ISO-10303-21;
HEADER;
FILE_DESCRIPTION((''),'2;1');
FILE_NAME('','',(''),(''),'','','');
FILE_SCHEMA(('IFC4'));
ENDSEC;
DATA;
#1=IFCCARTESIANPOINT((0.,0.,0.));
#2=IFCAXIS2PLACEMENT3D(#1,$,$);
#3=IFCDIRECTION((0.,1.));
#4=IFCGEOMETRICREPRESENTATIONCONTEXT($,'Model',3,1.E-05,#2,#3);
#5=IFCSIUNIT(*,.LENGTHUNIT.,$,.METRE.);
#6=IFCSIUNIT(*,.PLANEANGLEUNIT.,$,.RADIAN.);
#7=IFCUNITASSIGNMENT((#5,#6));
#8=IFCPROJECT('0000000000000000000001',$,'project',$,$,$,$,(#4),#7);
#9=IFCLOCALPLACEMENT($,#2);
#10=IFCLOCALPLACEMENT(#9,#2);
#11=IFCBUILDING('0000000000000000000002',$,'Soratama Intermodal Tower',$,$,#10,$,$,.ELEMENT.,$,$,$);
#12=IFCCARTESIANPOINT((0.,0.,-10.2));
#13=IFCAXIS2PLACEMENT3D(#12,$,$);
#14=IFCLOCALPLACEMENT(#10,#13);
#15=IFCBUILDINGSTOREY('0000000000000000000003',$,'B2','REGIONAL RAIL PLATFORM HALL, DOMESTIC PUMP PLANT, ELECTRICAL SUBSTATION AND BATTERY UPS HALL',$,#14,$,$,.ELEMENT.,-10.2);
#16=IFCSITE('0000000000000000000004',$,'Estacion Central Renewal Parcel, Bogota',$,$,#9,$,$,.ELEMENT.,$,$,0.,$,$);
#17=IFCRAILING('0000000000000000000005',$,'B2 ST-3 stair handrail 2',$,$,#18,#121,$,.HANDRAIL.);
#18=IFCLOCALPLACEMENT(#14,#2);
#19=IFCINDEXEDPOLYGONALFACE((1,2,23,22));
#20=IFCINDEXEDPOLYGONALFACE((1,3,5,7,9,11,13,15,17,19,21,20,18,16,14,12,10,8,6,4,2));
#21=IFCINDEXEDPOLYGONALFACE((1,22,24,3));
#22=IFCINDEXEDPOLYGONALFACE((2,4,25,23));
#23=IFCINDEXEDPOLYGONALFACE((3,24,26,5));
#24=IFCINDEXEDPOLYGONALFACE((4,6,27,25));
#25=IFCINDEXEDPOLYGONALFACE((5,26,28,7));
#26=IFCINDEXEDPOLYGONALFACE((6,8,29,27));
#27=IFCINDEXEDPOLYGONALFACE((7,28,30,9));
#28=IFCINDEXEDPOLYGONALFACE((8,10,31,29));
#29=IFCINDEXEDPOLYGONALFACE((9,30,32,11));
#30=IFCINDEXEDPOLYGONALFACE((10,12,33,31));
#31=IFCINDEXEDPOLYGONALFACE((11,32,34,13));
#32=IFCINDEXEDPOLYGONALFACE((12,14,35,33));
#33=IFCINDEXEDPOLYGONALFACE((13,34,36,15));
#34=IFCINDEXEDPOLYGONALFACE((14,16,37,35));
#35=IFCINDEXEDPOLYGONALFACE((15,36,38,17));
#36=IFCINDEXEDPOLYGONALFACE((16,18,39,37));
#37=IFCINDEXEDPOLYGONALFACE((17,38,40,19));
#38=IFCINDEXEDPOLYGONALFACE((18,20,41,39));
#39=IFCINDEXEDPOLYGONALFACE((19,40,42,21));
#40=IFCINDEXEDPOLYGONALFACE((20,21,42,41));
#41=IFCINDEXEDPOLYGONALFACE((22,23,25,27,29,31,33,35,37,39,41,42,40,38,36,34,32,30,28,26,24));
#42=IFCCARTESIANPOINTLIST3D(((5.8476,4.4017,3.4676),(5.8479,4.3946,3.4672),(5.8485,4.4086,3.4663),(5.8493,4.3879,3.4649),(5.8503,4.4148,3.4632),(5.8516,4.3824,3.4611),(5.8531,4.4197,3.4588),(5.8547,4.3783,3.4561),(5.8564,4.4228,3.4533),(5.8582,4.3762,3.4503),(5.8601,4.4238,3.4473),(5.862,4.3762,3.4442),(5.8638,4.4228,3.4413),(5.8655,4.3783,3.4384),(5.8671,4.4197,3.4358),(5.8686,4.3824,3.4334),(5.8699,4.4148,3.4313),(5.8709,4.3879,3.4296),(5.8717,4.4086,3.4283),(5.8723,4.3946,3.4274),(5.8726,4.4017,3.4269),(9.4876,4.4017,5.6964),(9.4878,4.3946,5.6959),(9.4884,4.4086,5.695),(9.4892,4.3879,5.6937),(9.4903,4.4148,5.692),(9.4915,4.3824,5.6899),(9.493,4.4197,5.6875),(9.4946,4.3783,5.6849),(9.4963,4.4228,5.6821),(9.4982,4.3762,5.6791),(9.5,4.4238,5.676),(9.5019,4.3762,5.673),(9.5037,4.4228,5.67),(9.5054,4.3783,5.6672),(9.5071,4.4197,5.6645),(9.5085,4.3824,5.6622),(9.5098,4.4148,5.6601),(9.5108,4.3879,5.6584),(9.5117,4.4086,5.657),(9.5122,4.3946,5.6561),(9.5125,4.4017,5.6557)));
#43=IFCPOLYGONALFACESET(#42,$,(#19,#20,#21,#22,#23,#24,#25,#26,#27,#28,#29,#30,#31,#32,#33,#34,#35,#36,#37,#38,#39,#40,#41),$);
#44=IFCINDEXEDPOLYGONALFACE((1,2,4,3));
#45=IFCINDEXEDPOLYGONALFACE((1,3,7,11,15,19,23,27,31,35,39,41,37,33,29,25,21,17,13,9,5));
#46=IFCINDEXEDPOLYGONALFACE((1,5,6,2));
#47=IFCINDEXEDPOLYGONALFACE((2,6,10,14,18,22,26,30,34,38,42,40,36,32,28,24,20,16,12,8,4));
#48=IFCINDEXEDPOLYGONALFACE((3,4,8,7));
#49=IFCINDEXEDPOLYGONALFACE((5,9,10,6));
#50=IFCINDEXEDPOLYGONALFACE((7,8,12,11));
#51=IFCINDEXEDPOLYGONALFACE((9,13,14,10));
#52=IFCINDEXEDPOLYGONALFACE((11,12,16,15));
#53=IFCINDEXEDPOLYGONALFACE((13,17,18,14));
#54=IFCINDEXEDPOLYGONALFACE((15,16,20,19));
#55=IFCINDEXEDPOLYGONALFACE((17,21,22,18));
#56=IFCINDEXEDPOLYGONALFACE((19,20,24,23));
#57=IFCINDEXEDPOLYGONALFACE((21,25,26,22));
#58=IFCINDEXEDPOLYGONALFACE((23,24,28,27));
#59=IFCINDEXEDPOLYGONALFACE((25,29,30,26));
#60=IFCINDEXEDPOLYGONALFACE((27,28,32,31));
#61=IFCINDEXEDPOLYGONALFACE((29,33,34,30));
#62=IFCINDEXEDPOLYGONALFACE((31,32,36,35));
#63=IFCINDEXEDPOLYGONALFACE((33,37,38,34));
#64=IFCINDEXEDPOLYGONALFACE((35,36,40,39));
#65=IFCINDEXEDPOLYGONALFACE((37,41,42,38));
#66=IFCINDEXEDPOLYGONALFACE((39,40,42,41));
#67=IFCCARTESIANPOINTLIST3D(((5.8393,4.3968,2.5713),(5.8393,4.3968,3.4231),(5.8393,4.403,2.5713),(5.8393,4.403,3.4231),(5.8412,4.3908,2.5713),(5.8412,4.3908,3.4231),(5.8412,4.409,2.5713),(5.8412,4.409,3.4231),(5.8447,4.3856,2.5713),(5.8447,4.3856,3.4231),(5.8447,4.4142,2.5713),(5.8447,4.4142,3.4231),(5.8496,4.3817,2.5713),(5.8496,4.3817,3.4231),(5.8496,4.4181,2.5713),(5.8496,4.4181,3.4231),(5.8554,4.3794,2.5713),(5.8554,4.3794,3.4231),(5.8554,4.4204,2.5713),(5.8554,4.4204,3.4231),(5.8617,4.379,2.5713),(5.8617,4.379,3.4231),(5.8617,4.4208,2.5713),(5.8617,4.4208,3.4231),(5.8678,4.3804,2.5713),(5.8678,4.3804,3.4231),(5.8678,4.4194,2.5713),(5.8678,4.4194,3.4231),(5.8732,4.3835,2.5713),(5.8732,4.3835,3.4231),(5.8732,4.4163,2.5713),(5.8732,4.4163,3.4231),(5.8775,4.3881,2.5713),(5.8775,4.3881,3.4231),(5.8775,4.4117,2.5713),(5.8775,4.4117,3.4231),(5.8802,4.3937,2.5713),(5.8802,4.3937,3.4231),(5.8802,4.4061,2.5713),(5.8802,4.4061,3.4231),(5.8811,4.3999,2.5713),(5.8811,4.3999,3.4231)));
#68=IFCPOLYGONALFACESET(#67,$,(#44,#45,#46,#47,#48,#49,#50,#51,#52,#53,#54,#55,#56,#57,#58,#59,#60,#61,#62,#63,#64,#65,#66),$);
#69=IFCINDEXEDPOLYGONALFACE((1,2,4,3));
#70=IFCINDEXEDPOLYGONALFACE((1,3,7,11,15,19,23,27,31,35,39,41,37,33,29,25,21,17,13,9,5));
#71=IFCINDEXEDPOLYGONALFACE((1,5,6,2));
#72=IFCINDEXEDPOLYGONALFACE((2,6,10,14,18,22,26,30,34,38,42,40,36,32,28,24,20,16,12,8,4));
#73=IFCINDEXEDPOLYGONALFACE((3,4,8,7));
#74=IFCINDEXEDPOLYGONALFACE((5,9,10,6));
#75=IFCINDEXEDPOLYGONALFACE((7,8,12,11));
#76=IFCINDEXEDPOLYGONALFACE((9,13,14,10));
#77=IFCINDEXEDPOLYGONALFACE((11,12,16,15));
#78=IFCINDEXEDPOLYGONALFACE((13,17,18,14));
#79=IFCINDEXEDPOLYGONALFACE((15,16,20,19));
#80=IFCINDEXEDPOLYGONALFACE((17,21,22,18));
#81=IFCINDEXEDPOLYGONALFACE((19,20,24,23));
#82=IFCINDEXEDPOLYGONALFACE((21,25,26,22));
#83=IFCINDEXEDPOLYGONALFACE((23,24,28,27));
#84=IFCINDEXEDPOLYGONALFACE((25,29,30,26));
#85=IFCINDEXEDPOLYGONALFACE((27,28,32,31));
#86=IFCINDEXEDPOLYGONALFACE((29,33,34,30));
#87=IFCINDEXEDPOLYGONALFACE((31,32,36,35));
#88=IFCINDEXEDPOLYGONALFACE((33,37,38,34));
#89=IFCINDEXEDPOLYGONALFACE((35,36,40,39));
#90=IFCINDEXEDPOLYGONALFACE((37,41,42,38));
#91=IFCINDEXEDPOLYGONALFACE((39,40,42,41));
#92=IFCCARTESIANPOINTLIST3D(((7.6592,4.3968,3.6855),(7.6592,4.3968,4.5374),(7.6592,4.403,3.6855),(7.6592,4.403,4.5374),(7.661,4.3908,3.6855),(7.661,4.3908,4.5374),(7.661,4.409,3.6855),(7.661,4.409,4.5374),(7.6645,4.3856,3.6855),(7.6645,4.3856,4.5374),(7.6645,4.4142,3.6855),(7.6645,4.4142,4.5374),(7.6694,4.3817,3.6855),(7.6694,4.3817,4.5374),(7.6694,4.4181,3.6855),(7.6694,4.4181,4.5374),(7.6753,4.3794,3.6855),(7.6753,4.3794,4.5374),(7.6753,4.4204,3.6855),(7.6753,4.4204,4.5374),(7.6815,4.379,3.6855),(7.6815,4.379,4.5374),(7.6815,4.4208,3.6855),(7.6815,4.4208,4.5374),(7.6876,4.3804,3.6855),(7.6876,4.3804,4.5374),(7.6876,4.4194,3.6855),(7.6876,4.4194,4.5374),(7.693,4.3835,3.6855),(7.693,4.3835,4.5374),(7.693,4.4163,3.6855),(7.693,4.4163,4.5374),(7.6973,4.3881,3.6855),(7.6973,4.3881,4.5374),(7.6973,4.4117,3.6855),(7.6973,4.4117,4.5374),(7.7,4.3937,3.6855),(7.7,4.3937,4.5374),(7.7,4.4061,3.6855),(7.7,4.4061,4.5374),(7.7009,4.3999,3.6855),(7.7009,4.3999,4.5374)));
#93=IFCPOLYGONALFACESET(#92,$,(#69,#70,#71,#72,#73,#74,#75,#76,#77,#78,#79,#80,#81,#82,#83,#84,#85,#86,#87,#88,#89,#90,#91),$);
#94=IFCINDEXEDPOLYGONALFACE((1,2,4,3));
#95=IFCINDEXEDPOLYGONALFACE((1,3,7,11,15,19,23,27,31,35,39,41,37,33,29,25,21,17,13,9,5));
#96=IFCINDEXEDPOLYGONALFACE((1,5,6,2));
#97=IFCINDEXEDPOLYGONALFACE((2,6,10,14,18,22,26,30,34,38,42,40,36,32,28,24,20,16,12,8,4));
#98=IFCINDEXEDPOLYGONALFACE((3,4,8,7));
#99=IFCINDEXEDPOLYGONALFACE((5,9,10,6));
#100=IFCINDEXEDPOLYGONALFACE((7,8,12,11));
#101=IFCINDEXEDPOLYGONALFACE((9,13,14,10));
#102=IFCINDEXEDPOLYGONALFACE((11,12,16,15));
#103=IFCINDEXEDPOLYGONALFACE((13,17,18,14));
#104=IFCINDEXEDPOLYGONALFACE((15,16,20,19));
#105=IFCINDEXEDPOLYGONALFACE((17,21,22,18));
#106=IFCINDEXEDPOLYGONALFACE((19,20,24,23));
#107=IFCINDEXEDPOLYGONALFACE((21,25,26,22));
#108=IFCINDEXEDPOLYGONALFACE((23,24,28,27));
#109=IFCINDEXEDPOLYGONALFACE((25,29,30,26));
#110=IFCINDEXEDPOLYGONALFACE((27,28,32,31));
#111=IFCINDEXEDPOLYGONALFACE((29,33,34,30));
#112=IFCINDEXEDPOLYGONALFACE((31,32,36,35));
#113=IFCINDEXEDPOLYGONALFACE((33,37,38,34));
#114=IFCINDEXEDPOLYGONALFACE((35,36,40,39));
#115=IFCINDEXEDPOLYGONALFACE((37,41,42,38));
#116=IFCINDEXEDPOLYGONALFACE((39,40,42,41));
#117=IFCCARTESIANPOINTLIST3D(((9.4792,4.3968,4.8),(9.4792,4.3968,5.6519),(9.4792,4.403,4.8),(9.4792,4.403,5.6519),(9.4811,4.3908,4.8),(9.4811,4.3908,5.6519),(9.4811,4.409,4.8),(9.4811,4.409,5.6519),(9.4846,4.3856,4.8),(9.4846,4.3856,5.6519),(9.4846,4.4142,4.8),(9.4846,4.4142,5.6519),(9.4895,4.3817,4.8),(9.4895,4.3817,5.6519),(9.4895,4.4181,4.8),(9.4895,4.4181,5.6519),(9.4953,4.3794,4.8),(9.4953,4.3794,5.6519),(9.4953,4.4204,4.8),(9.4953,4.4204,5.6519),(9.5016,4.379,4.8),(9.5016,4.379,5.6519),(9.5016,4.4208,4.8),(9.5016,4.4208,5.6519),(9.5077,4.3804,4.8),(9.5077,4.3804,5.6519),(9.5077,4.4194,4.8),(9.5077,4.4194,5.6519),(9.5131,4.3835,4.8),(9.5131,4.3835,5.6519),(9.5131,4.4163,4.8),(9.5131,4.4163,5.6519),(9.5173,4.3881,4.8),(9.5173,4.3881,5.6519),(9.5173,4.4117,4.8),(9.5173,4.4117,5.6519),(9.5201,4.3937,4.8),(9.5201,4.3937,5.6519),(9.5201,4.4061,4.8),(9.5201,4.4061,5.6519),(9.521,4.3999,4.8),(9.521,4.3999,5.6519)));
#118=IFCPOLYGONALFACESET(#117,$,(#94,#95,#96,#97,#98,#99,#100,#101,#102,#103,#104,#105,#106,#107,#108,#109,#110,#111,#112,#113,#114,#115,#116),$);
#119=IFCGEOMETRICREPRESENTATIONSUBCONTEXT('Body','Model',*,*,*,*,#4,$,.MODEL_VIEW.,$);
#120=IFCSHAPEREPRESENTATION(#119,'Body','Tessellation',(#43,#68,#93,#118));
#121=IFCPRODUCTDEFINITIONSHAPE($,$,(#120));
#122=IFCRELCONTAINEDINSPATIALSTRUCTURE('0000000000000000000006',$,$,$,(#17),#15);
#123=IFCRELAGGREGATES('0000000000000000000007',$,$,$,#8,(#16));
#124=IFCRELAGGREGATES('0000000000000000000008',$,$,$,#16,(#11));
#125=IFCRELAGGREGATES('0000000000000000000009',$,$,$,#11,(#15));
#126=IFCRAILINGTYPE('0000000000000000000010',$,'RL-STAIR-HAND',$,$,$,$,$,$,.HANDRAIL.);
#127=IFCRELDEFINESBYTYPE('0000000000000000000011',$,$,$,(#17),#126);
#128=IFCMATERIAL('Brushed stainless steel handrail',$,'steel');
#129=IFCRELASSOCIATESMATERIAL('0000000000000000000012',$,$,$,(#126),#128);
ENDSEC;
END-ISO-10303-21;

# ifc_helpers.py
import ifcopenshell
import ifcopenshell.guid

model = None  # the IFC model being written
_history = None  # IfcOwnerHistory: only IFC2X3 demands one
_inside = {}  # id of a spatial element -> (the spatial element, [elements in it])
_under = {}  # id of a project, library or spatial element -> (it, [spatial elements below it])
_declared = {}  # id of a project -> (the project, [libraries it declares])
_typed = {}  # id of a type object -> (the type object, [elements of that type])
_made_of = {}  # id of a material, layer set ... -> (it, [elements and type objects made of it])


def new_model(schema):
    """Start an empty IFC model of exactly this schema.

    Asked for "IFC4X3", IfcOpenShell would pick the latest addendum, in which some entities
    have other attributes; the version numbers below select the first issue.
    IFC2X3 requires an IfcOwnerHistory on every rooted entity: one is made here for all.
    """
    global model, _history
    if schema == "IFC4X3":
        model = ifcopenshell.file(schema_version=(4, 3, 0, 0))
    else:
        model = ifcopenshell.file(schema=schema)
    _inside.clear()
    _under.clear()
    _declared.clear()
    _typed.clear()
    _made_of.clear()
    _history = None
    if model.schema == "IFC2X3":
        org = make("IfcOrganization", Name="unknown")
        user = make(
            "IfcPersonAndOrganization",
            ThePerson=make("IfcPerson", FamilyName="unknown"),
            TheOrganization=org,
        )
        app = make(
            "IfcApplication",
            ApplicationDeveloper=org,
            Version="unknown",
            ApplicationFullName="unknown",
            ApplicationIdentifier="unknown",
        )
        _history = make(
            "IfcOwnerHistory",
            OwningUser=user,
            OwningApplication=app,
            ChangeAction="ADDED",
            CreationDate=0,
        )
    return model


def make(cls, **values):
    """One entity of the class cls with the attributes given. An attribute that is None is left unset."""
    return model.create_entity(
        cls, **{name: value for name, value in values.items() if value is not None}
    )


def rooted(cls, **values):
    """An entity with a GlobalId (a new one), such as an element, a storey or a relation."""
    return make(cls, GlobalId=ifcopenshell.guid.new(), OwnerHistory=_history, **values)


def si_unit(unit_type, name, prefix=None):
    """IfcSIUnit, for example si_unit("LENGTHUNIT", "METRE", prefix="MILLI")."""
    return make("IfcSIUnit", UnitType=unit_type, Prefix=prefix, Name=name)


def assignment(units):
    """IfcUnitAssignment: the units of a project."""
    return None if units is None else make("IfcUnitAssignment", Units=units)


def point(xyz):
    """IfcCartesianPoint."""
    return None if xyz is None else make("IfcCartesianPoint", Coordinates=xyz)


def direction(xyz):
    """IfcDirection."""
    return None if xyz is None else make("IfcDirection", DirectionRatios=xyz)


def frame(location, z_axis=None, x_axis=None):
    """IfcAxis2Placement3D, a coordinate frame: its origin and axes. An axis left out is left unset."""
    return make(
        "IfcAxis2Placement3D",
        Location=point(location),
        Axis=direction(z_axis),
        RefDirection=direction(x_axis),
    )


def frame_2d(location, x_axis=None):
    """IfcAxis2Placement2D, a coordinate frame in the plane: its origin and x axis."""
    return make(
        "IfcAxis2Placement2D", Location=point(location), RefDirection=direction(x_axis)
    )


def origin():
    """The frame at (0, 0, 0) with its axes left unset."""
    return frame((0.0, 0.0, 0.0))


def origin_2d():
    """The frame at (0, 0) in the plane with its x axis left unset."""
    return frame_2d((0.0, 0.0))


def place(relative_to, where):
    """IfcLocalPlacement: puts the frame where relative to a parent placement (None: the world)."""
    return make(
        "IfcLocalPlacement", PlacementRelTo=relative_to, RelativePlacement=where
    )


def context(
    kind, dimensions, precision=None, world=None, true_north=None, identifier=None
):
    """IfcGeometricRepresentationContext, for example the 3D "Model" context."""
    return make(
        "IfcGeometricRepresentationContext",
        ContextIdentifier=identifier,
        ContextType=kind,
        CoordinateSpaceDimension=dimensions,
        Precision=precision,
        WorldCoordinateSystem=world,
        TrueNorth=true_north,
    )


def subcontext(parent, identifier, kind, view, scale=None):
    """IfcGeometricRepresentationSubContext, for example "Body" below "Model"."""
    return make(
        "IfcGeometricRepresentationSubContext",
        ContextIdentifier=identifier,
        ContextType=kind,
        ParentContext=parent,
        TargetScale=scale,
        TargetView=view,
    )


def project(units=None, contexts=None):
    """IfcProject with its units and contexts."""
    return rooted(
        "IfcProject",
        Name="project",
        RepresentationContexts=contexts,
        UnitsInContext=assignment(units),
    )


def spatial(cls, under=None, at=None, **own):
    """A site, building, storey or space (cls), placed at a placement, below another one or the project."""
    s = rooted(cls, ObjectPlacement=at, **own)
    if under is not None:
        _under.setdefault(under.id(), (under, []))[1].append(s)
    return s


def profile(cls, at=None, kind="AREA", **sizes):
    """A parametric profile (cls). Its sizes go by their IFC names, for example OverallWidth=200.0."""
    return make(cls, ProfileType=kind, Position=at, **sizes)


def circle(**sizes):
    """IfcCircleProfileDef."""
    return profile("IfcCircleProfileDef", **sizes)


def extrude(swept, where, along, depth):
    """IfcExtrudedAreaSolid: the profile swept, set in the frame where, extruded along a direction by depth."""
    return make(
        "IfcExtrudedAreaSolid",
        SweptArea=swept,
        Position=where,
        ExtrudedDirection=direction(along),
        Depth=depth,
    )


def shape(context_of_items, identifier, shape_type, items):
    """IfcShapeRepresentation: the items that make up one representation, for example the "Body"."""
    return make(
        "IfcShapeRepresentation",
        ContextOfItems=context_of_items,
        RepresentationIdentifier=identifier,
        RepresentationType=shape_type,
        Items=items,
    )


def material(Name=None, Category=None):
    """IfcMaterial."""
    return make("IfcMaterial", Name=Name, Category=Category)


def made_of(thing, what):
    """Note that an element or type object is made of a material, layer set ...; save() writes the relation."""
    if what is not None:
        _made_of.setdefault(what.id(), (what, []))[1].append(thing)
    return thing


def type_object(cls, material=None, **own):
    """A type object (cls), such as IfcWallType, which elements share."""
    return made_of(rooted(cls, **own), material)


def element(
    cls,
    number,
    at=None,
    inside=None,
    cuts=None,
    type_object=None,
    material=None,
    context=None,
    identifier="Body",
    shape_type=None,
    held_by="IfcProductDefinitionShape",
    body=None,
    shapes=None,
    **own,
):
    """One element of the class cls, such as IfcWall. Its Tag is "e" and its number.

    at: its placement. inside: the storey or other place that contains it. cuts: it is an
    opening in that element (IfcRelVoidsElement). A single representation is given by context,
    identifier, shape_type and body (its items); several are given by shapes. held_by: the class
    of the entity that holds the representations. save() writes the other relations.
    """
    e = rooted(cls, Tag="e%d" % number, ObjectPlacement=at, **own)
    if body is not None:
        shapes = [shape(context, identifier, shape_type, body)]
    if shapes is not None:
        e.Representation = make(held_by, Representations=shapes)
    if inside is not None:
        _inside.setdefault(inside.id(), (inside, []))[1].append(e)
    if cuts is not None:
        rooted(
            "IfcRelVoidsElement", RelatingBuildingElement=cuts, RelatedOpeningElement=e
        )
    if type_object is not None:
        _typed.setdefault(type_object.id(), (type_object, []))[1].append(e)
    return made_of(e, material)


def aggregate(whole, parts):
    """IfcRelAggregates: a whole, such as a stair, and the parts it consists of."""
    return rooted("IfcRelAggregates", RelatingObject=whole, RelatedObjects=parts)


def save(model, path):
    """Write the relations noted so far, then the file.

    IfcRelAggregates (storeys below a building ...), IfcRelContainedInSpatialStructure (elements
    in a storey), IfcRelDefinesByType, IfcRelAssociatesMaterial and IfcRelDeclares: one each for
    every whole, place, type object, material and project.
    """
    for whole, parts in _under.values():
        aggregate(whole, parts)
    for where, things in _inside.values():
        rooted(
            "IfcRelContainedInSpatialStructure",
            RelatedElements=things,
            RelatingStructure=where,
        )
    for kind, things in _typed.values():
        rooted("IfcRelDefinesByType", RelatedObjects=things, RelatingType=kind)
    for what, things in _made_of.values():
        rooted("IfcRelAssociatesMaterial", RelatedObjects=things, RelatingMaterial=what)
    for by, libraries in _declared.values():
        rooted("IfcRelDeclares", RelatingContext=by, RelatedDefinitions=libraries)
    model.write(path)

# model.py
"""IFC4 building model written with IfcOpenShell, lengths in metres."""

from ifc_helpers import new_model, si_unit, direction, frame, origin, origin_2d, place, context, subcontext, project, spatial, circle, extrude, material, type_object, element, save


model = new_model("IFC4")

# Units and contexts
model_context = context("Model", 3, precision=1e-05, world=origin(), true_north=direction((0.0, 1.0)))
body_context = subcontext(model_context, "Body", "Model", "MODEL_VIEW")
ifc_project = project(units=[si_unit("LENGTHUNIT", "METRE"), si_unit("PLANEANGLEUNIT", "RADIAN")], contexts=[model_context])

# Site, building, storey
site_placement = place(None, origin())
site = spatial("IfcSite", under=ifc_project, at=site_placement, Name="Estacion Central Renewal Parcel, Bogota", CompositionType="ELEMENT", RefElevation=0.0)
building_placement = place(site_placement, origin())
building = spatial("IfcBuilding", under=site, at=building_placement, Name="Soratama Intermodal Tower", CompositionType="ELEMENT")
storey_placement = place(building_placement, frame((0.0, 0.0, -10.2)))
storey = spatial("IfcBuildingStorey", under=building, at=storey_placement, Name="B2", Description="REGIONAL RAIL PLATFORM HALL, DOMESTIC PUMP PLANT, ELECTRICAL SUBSTATION AND BATTERY UPS HALL", CompositionType="ELEMENT", Elevation=-10.2)

# Railing
ifc_material_1 = material(Name="Brushed stainless steel handrail", Category="steel")
railing_type_1 = type_object("IfcRailingType", Name="RL-STAIR-HAND", PredefinedType="HANDRAIL", material=ifc_material_1)
railing_1_placement = place(storey_placement, frame((5.8601, 4.3999, 2.5713)))
element("IfcRailing", 1, at=railing_1_placement, inside=storey, type_object=railing_type_1, Name="B2 ST-3 stair handrail 2", PredefinedType="HANDRAIL", context=body_context, shape_type="SweptSolid", body=[
    extrude(circle(Radius=0.0239, at=origin_2d()), frame((0.0, 0.0, 0.876), z_axis=(0.852825, 0.0, 0.522197), x_axis=(0.0, 1.0, 0.0)), (0.0, 0.0, 1.0), 4.2681),
    extrude(circle(Radius=0.021, at=origin_2d()), origin(), (0.0, 0.0, 1.0), 0.8518),
    extrude(circle(Radius=0.021, at=origin_2d()), frame((1.8198, 0.0, 1.1143)), (0.0, 0.0, 1.0), 0.8518),
    extrude(circle(Radius=0.021, at=origin_2d()), frame((3.6399, 0.0, 2.2288)), (0.0, 0.0, 1.0), 0.8518),
])

save(model, "model.ifc")
